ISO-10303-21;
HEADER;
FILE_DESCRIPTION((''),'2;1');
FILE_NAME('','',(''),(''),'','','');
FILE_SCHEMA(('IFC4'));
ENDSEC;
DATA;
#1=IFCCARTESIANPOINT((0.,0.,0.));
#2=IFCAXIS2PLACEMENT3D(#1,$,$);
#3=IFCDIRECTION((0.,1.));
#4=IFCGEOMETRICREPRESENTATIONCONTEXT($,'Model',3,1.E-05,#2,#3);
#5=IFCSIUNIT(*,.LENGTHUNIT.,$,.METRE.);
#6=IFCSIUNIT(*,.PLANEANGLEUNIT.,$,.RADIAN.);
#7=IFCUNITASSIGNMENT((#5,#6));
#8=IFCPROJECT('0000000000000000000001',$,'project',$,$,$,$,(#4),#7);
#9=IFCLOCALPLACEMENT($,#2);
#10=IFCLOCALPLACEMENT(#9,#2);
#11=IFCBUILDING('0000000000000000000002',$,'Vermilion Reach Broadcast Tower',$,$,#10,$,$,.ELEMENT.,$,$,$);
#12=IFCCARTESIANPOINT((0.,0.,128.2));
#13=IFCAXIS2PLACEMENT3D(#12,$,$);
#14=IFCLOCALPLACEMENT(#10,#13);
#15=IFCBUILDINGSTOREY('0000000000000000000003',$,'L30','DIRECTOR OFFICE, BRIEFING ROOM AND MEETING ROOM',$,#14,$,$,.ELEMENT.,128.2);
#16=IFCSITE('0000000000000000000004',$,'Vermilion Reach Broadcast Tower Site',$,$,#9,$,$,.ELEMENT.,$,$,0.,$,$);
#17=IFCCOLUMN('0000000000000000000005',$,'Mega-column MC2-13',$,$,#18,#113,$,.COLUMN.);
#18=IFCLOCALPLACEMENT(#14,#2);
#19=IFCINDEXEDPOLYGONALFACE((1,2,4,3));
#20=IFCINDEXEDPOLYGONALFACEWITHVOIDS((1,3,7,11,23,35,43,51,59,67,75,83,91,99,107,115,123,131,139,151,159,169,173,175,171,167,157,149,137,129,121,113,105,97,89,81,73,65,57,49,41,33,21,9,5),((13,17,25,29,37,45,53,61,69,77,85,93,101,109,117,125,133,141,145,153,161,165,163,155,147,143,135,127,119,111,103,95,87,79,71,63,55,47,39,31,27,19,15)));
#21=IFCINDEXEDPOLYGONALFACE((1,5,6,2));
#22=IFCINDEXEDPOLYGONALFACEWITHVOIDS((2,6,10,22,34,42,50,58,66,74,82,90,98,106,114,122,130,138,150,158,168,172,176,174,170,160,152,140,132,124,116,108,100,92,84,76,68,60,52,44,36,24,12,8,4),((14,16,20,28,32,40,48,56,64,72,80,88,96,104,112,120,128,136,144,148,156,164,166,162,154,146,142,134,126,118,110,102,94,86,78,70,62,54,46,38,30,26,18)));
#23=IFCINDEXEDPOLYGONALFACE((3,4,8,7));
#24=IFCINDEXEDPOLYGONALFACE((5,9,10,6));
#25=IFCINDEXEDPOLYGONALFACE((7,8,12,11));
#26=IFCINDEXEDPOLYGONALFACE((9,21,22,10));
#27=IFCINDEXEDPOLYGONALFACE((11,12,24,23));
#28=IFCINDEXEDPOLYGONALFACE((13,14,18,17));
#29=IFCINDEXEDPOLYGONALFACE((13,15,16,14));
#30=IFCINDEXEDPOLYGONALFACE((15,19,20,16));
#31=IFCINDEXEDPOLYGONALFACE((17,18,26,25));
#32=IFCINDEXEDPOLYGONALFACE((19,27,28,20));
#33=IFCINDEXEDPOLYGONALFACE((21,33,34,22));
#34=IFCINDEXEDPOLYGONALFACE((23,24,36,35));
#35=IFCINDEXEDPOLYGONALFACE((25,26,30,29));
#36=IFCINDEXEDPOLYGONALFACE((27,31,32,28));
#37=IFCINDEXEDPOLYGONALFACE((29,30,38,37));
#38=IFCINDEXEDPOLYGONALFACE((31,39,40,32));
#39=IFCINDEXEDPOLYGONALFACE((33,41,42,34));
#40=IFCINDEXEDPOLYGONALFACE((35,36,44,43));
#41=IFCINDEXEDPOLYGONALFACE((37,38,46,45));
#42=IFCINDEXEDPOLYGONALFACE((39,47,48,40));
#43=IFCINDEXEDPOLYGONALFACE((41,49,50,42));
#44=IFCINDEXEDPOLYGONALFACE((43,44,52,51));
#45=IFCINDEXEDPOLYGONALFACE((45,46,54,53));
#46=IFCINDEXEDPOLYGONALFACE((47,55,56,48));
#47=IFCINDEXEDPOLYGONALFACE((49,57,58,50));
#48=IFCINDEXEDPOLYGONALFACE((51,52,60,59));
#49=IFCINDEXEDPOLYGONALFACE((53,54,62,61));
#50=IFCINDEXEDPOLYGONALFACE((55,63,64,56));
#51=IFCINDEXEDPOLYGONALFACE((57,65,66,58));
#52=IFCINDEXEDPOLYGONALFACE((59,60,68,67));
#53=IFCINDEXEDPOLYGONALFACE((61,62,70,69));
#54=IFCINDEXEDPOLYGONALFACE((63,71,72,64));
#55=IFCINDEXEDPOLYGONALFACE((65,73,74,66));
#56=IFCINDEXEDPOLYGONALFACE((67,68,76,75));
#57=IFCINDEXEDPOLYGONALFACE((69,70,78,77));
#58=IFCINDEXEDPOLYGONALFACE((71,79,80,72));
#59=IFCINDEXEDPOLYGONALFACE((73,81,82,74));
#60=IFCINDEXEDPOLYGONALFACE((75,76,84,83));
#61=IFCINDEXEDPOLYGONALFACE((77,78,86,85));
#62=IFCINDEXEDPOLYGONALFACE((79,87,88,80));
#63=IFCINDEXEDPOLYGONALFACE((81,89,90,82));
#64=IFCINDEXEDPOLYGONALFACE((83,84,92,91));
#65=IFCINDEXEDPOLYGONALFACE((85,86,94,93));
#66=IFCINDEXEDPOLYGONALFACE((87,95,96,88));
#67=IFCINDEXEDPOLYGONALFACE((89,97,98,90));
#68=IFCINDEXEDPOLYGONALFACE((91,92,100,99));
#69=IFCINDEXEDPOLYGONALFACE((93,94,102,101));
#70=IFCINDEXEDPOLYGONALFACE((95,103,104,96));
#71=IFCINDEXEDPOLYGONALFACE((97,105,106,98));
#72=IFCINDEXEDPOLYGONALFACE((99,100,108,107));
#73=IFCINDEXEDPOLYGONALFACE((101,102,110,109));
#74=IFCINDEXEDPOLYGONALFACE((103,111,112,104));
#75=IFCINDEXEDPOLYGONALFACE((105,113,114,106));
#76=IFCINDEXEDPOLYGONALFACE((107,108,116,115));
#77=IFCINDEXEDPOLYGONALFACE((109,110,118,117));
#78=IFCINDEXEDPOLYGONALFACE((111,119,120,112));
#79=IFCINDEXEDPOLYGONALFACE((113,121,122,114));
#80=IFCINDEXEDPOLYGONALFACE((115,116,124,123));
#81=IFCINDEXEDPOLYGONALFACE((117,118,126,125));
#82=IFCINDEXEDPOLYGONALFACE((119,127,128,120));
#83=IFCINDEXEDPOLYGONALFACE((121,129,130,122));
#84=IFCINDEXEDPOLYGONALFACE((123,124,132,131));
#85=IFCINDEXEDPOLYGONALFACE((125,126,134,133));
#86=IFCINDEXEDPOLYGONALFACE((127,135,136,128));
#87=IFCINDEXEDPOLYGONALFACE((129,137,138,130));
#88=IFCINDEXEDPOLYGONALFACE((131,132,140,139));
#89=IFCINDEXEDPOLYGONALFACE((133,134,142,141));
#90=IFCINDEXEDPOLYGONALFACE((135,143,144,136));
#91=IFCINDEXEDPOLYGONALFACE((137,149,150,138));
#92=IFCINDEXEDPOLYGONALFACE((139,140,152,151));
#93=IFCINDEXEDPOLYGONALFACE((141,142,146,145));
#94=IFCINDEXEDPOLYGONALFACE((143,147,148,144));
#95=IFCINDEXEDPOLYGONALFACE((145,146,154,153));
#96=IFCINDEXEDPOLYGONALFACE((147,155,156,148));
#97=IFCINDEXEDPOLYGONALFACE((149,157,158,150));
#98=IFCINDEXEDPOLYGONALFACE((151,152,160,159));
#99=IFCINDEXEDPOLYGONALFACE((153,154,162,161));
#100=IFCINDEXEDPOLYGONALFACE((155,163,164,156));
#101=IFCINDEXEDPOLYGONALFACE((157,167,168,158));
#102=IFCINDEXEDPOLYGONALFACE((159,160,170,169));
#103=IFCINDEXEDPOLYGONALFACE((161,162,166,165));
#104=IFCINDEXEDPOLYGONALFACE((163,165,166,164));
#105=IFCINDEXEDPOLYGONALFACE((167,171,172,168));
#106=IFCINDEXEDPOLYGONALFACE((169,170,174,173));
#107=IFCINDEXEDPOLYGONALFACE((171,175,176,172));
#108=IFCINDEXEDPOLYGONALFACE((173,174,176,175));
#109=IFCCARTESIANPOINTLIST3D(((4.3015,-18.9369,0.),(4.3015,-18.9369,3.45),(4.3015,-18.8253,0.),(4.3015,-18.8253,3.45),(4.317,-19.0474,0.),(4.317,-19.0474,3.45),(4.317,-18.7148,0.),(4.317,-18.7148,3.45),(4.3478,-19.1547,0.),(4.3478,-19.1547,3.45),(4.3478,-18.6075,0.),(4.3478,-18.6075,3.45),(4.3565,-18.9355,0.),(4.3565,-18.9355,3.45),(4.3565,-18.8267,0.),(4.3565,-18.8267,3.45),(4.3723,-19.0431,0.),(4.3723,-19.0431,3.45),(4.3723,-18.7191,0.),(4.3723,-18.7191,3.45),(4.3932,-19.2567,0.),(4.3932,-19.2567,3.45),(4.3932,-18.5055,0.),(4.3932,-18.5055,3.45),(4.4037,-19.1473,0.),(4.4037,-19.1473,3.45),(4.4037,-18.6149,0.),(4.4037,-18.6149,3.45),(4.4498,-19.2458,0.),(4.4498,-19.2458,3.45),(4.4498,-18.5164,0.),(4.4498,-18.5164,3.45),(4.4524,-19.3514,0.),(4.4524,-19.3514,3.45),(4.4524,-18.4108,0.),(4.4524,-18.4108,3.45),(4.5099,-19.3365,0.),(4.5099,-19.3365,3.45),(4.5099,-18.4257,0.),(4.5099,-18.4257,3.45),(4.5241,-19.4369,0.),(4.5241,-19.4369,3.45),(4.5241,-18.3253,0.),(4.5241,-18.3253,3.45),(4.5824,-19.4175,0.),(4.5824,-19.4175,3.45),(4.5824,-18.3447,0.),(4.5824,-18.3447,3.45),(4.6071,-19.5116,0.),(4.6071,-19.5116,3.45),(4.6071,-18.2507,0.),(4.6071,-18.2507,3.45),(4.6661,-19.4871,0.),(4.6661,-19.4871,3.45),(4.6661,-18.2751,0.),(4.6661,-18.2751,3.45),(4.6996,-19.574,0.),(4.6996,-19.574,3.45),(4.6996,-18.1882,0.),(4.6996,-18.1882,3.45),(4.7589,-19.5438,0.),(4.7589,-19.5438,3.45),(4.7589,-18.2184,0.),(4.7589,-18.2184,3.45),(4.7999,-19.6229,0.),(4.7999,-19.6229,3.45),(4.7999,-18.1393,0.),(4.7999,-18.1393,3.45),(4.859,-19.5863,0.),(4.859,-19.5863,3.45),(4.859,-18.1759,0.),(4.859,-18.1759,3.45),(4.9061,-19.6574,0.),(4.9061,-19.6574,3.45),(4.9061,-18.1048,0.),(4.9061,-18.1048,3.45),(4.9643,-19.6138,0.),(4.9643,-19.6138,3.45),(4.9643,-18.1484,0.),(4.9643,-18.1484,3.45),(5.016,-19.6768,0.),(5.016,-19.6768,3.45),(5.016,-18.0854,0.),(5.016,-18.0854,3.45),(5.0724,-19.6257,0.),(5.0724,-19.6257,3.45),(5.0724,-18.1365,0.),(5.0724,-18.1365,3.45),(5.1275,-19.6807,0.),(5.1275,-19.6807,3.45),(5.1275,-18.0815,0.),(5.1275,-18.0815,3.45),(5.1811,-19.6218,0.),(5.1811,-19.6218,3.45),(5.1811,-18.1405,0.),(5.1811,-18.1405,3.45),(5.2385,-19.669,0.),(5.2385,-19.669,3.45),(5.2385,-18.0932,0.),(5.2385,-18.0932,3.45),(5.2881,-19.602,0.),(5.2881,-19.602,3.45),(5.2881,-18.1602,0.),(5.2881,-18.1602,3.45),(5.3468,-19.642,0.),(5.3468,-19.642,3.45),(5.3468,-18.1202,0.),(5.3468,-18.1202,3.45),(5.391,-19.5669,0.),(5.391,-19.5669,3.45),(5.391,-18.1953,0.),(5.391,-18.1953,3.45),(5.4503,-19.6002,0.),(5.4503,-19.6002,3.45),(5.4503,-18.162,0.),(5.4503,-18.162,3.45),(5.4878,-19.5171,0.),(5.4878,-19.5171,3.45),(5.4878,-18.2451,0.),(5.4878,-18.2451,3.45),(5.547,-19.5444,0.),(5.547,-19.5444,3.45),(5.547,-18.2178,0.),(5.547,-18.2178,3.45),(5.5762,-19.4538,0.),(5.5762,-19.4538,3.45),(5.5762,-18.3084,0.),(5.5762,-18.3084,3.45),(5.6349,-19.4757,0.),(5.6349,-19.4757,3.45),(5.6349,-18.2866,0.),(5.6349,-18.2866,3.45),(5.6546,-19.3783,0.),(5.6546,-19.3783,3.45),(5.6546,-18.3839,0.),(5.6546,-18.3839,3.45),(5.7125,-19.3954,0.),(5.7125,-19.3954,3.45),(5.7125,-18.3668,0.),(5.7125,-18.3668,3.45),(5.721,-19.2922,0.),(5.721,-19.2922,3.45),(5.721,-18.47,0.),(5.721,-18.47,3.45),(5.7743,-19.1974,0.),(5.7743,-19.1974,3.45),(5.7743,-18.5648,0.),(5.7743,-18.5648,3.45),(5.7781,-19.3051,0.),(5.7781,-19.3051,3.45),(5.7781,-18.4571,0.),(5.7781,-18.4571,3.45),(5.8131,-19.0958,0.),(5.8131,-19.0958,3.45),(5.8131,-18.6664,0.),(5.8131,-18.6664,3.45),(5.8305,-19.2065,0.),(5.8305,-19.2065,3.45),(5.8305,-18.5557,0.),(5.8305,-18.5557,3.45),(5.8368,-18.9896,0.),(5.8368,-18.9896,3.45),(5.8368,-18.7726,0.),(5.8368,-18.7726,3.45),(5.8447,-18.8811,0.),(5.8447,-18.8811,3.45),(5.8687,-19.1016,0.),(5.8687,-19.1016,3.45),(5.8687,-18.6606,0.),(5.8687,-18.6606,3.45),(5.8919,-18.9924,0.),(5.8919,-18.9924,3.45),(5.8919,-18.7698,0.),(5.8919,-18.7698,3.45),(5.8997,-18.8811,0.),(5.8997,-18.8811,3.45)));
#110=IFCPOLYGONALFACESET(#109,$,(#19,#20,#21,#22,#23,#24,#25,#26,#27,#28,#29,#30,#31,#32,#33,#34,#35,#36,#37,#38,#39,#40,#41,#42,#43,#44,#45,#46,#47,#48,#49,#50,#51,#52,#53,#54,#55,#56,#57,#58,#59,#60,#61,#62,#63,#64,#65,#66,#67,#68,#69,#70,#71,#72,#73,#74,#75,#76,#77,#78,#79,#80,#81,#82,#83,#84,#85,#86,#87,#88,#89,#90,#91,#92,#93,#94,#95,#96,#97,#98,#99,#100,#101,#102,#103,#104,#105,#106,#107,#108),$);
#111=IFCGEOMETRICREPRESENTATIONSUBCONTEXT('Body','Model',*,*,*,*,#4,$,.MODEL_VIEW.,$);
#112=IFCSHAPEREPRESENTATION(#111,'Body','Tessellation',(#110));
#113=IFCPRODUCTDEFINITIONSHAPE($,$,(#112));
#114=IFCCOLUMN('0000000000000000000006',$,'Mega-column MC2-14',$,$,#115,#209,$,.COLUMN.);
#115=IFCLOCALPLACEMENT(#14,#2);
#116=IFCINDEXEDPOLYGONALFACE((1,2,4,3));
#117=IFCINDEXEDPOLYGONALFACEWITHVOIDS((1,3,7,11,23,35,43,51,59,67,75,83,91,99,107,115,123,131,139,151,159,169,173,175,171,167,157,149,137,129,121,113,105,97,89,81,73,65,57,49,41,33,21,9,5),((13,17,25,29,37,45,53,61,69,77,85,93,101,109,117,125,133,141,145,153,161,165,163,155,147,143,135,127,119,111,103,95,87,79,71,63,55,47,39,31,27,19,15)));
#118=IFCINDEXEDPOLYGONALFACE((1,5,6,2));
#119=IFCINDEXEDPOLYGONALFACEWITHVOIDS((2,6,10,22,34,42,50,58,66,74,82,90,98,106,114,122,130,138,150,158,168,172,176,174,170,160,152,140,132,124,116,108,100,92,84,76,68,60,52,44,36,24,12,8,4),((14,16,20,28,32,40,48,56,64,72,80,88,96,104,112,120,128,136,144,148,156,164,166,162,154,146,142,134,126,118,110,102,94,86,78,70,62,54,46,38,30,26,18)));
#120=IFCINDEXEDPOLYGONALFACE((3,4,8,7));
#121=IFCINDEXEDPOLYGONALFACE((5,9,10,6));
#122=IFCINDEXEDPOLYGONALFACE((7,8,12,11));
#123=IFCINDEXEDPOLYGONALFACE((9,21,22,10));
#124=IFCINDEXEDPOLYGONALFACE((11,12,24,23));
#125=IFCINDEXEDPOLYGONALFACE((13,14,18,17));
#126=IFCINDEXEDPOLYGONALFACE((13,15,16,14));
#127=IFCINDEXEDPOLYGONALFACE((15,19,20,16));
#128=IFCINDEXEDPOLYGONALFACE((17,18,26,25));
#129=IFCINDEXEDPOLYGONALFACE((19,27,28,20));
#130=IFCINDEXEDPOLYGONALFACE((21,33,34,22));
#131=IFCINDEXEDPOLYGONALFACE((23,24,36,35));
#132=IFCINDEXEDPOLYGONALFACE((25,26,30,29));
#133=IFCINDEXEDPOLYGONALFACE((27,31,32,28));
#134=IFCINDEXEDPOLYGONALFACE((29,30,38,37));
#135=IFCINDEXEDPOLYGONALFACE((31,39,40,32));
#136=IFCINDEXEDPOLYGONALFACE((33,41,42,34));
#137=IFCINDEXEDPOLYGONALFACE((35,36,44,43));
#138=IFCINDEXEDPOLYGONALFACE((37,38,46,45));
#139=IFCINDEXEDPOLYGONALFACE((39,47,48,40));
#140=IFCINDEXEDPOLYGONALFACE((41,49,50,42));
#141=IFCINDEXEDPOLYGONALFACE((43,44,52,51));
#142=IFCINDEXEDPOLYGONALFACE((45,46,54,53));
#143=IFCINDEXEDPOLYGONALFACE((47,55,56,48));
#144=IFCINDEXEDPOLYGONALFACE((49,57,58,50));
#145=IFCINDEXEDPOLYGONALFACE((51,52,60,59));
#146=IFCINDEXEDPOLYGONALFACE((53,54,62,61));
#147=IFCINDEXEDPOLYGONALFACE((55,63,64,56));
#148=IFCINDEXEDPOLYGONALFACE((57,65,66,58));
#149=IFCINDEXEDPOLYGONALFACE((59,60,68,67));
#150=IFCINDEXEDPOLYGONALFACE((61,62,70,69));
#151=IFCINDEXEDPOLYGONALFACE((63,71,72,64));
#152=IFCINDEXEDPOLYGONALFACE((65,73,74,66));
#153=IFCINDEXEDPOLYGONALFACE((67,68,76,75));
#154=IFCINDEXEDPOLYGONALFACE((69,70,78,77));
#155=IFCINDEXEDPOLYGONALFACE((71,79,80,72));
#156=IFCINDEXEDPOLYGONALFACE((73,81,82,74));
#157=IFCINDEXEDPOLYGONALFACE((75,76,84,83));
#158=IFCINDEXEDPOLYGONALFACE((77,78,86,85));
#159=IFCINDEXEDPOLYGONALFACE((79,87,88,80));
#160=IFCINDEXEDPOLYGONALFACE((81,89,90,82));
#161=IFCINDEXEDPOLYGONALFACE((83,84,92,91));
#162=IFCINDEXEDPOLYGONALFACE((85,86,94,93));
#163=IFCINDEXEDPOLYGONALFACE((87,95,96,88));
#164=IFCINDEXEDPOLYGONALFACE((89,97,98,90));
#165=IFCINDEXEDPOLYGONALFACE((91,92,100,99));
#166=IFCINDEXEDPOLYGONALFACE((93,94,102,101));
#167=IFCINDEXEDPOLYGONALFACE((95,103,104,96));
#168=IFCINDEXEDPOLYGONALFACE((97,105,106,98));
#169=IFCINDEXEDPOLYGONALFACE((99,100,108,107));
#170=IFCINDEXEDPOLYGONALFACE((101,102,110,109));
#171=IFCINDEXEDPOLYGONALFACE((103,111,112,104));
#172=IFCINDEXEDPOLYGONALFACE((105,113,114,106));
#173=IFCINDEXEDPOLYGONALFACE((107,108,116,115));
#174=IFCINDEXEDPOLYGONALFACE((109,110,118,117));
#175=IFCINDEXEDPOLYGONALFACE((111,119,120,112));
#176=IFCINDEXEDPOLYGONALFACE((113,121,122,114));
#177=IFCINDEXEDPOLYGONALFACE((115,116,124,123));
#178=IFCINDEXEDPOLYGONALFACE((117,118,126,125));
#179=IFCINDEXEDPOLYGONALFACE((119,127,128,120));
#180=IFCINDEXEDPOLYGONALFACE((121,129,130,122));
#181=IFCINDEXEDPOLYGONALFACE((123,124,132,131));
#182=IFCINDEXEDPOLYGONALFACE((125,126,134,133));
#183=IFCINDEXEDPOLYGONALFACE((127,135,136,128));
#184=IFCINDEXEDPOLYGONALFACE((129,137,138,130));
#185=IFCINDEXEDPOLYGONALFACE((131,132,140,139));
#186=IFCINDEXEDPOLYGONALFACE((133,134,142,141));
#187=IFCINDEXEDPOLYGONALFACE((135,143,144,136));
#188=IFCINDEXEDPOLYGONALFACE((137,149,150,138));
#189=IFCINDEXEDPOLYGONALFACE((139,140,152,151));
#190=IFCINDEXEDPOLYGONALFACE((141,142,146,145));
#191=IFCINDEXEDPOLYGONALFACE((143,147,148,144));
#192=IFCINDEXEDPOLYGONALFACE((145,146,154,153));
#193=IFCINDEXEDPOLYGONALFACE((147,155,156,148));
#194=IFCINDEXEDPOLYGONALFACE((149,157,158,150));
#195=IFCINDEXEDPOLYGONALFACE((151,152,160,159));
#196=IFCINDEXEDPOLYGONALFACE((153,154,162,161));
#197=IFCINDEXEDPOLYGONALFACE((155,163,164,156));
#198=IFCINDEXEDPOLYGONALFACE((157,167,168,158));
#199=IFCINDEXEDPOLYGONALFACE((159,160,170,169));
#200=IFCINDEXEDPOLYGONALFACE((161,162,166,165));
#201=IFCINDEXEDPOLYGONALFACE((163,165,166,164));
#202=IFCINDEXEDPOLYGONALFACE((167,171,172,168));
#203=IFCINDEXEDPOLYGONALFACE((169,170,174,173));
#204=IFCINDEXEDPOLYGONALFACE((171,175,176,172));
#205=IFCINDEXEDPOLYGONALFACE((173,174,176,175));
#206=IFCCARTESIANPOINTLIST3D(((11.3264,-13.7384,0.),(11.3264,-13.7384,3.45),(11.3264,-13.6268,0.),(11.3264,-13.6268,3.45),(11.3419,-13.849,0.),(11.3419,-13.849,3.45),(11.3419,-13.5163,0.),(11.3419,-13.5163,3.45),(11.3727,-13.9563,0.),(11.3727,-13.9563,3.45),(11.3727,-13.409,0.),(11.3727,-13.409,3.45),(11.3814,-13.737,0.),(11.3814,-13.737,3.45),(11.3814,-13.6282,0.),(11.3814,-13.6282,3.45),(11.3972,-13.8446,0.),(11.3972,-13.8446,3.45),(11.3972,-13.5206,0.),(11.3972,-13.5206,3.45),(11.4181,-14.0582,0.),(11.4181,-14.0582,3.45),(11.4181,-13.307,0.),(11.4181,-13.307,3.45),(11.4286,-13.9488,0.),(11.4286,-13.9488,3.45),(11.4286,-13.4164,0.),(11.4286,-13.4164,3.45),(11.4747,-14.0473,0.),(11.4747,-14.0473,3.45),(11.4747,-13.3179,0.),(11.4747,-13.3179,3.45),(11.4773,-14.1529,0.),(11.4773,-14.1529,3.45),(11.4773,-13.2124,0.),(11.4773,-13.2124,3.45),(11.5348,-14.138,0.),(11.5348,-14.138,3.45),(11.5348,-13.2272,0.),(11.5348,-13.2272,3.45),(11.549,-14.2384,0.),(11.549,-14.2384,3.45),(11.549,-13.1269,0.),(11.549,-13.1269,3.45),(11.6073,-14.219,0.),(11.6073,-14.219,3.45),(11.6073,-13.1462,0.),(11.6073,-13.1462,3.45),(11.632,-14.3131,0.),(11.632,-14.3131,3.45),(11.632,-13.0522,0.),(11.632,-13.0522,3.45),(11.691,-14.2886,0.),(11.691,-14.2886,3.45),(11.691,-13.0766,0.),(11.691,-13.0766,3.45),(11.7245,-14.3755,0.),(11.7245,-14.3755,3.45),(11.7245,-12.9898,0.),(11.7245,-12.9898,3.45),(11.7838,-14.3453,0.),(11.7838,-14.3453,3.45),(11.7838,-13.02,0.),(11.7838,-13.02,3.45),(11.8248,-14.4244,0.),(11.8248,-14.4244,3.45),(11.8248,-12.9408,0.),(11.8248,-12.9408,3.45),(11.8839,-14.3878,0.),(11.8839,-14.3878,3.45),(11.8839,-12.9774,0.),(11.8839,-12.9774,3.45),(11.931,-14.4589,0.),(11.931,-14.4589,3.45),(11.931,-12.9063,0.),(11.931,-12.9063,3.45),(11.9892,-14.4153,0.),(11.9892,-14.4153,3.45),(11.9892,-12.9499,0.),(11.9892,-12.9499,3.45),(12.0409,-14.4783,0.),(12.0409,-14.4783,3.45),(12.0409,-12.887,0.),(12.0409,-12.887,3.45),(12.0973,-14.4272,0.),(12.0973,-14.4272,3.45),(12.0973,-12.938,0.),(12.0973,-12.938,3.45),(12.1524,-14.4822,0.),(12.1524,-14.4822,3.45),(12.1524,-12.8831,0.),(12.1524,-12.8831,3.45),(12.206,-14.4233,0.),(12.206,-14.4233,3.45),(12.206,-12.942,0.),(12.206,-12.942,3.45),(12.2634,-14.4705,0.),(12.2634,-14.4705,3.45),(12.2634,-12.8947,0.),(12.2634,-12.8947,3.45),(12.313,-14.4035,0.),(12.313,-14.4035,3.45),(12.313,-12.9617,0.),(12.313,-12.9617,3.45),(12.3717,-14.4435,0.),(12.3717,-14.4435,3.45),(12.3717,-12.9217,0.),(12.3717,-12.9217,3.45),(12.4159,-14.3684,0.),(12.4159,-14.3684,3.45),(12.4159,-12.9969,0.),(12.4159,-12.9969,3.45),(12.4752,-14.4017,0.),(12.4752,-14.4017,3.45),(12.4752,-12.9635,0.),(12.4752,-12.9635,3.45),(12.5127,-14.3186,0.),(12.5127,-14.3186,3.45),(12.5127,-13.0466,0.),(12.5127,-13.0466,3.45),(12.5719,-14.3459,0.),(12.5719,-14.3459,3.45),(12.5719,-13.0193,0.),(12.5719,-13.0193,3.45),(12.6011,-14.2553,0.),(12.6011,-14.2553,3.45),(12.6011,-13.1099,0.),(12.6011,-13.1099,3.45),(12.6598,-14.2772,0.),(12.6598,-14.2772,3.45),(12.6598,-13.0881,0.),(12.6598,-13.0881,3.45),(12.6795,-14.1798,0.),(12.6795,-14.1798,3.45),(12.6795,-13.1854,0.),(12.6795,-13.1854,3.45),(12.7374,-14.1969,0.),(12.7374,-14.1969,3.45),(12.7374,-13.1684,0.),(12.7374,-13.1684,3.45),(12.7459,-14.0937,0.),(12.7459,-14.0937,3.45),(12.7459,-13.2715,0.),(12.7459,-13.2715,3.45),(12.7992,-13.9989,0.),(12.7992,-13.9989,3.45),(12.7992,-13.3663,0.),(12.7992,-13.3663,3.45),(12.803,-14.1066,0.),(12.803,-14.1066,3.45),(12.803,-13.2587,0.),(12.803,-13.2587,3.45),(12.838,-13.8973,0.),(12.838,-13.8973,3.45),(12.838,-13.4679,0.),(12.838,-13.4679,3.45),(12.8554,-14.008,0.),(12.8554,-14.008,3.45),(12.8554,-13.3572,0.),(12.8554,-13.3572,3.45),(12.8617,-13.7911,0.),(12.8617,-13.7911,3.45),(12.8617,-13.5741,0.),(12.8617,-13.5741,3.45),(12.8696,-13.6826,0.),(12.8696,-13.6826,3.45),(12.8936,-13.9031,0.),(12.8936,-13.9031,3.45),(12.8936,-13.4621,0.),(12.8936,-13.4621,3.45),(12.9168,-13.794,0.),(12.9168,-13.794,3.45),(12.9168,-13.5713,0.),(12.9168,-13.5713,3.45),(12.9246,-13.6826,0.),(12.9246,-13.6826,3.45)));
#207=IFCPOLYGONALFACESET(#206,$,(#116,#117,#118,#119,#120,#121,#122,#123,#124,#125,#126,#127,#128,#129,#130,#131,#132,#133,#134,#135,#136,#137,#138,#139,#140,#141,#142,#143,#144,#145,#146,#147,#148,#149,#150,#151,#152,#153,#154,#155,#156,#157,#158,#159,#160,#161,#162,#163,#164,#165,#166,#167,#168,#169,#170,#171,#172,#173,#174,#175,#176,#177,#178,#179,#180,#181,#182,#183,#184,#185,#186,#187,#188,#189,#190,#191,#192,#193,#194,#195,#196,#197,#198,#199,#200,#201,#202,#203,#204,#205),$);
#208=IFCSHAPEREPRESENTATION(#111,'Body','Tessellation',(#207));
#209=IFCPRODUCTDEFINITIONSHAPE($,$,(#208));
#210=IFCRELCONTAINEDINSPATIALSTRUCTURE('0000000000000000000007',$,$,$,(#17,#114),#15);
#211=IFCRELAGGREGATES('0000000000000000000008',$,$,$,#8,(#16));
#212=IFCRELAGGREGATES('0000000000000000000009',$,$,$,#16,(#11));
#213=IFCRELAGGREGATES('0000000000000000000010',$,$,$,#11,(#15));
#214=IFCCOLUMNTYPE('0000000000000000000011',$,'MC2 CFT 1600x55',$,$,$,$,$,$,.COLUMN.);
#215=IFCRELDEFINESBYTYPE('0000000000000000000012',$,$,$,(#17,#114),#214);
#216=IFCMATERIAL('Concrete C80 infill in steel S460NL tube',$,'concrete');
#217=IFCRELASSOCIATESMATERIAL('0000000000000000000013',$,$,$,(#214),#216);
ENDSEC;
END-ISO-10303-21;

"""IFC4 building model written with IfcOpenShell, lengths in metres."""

from ifc_helpers import new_model, si_unit, direction, frame, origin, origin_2d, place, context, subcontext, project, spatial, hollow_circle, extrude, material, material_profile, profile_set, type_object, element, save


model = new_model("IFC4")

# Units and contexts
model_context = context("Model", 3, precision=1e-05, world=origin(), true_north=direction((0.0, 1.0)))
body_context = subcontext(model_context, "Body", "Model", "MODEL_VIEW")
ifc_project = project(units=[si_unit("LENGTHUNIT", "METRE"), si_unit("PLANEANGLEUNIT", "RADIAN")], contexts=[model_context])

# Site, building, storey
site_placement = place(None, origin())
site = spatial("IfcSite", under=ifc_project, at=site_placement, Name="Vermilion Reach Broadcast Tower Site", CompositionType="ELEMENT", RefElevation=0.0)
building_placement = place(site_placement, origin())
building = spatial("IfcBuilding", under=site, at=building_placement, Name="Vermilion Reach Broadcast Tower", CompositionType="ELEMENT")
storey_placement = place(building_placement, frame((0.0, 0.0, 128.2)))
storey = spatial("IfcBuildingStorey", under=building, at=storey_placement, Name="L30", Description="DIRECTOR OFFICE, BRIEFING ROOM AND MEETING ROOM", CompositionType="ELEMENT", Elevation=128.2)

# Columns
ifc_material_1 = material(Name="Concrete C80 infill in steel S460NL tube", Category="concrete")
ifc_material_profile_1 = material_profile(ifc_material_1, hollow_circle(Radius=0.8, WallThickness=0.0549, at=origin_2d()), Name="Concrete C80 infill in steel S460NL tube CFT 1600x55")
ifc_profile_set_1 = profile_set([ifc_material_profile_1], Name="Concrete C80 infill in steel S460NL tube")
column_type = type_object("IfcColumnType", Name="MC2 CFT 1600x55", PredefinedType="COLUMN", material=ifc_profile_set_1)
for number, where, z_axis, x_axis, name in (
    (1, (5.0996, -18.8811, 0.0), (0.0, 0.0, 1.0), (1.0, 0.0, 0.0), "Mega-column MC2-13"),
    (2, (12.1245, -13.6826, 0.0), (0.0, 0.0, 1.0), (1.0, 0.0, 0.0), "Mega-column MC2-14"),
):
    element("IfcColumn", number, at=place(storey_placement, frame(where, z_axis=z_axis, x_axis=x_axis)), inside=storey, type_object=column_type, Name=name, PredefinedType="COLUMN", context=body_context, shape_type="SweptSolid", body=[
        extrude(hollow_circle(Radius=0.8, WallThickness=0.0549, at=origin_2d()), origin(), (0.0, 0.0, 1.0), 3.45),
    ])

save(model, "model.ifc")
